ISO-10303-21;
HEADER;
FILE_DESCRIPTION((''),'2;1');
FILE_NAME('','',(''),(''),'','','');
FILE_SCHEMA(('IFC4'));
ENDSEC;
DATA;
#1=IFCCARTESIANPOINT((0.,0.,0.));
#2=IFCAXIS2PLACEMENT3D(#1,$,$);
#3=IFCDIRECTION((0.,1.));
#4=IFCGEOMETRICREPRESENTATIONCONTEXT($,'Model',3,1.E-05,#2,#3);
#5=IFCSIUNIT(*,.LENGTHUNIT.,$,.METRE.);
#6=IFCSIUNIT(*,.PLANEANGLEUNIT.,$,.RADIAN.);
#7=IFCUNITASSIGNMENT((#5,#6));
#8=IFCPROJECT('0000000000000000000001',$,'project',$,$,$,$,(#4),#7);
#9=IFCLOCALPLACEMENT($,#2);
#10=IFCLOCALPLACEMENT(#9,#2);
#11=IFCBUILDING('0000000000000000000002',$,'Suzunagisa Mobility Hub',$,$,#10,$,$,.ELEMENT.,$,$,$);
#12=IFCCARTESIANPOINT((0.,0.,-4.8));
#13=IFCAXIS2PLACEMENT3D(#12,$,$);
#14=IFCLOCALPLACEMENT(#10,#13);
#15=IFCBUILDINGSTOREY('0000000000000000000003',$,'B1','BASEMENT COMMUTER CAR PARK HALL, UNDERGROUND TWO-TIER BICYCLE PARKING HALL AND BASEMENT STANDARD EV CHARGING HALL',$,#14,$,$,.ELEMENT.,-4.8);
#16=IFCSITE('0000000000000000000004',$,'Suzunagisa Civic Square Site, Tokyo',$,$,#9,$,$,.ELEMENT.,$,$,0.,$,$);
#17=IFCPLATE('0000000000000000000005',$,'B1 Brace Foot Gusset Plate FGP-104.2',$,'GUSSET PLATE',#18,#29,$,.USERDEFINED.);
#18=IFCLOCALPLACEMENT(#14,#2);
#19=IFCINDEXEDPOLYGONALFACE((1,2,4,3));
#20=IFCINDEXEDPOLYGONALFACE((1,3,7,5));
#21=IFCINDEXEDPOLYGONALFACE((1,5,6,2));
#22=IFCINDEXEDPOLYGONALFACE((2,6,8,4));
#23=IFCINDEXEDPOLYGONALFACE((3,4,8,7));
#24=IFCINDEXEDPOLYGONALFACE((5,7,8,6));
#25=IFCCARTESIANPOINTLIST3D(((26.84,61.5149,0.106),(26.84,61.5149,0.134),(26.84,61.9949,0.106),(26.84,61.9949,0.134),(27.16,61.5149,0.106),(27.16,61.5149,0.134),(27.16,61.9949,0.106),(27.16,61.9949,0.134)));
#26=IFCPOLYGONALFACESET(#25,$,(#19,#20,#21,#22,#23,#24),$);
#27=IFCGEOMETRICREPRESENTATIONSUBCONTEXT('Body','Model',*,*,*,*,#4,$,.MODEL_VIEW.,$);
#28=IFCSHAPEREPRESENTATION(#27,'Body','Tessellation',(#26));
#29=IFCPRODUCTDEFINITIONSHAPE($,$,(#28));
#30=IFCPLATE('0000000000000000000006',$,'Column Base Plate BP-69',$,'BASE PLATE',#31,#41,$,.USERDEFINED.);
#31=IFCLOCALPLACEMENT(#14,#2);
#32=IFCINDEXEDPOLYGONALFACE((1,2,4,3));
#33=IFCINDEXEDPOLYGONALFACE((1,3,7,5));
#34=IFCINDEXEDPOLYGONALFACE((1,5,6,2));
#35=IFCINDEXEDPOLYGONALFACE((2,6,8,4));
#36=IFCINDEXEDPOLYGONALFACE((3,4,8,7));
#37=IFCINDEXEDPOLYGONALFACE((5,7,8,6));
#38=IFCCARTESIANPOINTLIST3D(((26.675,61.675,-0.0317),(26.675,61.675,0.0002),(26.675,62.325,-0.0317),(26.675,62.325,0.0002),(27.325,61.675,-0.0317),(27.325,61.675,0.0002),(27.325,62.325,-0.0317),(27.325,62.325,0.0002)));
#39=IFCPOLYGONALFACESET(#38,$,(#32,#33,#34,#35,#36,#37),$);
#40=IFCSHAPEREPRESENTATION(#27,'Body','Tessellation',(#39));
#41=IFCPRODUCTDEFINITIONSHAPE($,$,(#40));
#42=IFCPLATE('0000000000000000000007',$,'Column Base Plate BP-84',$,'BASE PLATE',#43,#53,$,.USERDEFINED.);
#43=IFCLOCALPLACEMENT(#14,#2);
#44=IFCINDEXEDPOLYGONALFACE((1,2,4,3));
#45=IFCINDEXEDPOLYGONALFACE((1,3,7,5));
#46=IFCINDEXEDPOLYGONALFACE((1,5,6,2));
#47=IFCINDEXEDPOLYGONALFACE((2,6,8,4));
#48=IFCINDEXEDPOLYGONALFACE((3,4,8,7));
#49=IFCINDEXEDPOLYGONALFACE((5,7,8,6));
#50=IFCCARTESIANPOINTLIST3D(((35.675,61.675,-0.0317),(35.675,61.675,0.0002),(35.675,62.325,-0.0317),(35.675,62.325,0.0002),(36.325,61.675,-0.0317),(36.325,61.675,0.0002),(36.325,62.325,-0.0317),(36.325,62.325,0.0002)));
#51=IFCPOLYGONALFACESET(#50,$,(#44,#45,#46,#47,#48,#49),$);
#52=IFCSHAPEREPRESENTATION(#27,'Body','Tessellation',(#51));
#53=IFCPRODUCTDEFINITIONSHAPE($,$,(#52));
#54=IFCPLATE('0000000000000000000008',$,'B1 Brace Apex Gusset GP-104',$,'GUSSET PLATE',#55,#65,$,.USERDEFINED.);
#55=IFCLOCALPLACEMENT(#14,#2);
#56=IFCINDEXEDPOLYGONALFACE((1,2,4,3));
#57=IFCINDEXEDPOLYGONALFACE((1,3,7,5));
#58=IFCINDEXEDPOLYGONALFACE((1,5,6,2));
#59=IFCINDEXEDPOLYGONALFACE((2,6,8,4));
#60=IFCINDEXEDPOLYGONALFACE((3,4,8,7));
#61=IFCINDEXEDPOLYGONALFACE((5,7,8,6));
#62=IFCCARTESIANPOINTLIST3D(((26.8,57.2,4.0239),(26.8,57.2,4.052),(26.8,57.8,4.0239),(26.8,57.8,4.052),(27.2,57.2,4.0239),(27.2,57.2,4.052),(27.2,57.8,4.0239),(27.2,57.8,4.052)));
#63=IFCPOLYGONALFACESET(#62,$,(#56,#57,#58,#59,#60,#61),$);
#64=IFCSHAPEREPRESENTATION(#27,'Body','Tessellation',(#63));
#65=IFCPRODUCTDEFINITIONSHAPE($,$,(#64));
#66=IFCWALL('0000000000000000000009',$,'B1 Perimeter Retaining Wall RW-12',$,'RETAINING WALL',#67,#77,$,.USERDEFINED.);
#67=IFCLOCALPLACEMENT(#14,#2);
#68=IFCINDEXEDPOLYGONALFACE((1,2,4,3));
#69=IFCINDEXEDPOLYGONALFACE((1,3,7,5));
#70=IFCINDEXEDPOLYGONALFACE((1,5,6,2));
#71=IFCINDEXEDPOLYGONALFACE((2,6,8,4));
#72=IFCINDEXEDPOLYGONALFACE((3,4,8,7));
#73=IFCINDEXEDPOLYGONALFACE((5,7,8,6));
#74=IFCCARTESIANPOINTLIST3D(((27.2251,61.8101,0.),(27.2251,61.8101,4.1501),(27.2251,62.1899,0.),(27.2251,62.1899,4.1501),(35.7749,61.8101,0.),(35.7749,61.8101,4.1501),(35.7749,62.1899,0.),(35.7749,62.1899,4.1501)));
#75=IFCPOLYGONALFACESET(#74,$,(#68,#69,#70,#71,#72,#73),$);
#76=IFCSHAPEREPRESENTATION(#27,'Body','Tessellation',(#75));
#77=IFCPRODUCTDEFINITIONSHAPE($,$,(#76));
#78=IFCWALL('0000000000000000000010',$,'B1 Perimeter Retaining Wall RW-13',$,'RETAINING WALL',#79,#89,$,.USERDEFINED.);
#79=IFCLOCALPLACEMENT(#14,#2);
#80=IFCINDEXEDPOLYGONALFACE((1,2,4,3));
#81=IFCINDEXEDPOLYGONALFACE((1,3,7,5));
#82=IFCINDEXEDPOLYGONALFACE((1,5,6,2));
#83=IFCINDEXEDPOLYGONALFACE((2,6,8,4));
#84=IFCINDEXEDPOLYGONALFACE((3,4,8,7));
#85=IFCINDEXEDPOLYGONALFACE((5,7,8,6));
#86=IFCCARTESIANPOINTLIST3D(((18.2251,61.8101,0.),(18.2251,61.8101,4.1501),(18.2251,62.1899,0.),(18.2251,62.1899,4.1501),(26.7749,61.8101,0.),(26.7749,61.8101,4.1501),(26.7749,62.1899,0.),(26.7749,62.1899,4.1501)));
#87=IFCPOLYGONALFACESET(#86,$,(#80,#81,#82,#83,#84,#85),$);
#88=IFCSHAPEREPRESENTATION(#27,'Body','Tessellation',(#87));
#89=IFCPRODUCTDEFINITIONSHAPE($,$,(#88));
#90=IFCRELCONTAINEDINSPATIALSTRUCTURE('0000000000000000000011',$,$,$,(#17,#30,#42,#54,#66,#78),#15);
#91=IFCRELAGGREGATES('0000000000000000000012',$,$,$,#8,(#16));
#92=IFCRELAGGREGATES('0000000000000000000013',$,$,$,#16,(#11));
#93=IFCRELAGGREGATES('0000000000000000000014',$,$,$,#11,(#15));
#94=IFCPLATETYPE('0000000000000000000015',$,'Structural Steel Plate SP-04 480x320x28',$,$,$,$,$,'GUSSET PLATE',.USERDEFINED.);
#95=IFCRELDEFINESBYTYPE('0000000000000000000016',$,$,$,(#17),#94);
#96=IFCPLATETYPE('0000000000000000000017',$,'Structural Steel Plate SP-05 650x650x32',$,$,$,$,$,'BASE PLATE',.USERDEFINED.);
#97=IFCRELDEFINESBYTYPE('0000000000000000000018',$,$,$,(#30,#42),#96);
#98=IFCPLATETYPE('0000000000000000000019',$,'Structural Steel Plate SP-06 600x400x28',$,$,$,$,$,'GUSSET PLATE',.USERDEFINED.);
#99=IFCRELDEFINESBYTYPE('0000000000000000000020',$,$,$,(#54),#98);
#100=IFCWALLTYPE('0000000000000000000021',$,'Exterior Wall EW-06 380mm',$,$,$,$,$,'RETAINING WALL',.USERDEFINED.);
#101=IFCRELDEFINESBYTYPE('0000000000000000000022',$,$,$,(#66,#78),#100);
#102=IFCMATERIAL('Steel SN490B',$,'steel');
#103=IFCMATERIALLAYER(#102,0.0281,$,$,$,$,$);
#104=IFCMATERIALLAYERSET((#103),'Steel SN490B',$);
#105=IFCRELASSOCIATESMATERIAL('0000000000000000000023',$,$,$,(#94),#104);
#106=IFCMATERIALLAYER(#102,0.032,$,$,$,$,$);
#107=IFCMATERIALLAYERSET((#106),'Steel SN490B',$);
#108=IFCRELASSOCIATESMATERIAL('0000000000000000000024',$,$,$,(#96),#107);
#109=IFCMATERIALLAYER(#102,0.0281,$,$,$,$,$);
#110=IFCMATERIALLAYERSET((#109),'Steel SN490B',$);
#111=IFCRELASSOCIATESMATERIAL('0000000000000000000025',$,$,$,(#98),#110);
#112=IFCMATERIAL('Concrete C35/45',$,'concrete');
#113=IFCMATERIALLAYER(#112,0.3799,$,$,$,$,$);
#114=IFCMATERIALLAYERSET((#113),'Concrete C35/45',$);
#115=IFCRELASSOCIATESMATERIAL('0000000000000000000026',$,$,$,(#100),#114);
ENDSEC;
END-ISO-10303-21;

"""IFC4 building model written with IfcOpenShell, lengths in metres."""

from ifc_helpers import new_model, si_unit, direction, frame, frame_2d, origin, origin_2d, place, context, subcontext, project, spatial, rectangle, extrude, material, layer, layer_set, type_object, element, save


model = new_model("IFC4")

# Units and contexts
model_context = context("Model", 3, precision=1e-05, world=origin(), true_north=direction((0.0, 1.0)))
body_context = subcontext(model_context, "Body", "Model", "MODEL_VIEW")
ifc_project = project(units=[si_unit("LENGTHUNIT", "METRE"), si_unit("PLANEANGLEUNIT", "RADIAN")], contexts=[model_context])

# Site, building, storey
site_placement = place(None, origin())
site = spatial("IfcSite", under=ifc_project, at=site_placement, Name="Suzunagisa Civic Square Site, Tokyo", CompositionType="ELEMENT", RefElevation=0.0)
building_placement = place(site_placement, origin())
building = spatial("IfcBuilding", under=site, at=building_placement, Name="Suzunagisa Mobility Hub", CompositionType="ELEMENT")
storey_placement = place(building_placement, frame((0.0, 0.0, -4.8)))
storey = spatial("IfcBuildingStorey", under=building, at=storey_placement, Name="B1", Description="BASEMENT COMMUTER CAR PARK HALL, UNDERGROUND TWO-TIER BICYCLE PARKING HALL AND BASEMENT STANDARD EV CHARGING HALL", CompositionType="ELEMENT", Elevation=-4.8)

# Shared definitions
ifc_material_1 = material(Name="Concrete C35/45", Category="concrete")

# Shared definitions
ifc_material_2 = material(Name="Steel SN490B", Category="steel")

# Plates
ifc_layer_1 = layer(ifc_material_2, 0.0281)
ifc_layer_set_1 = layer_set([ifc_layer_1], Name="Steel SN490B")
plate_type_1 = type_object("IfcPlateType", Name="Structural Steel Plate SP-04 480x320x28", ElementType="GUSSET PLATE", PredefinedType="USERDEFINED", material=ifc_layer_set_1)
plate_1_placement = place(storey_placement, frame((27.0, 61.7549, 0.106), z_axis=(0.0, 0.0, 1.0), x_axis=(1.0, 0.0, 0.0)))
element("IfcPlate", 1, at=plate_1_placement, inside=storey, type_object=plate_type_1, Name="B1 Brace Foot Gusset Plate FGP-104.2", ObjectType="GUSSET PLATE", PredefinedType="USERDEFINED", context=body_context, shape_type="SweptSolid", body=[
    extrude(rectangle(XDim=0.3201, YDim=0.48, at=origin_2d()), origin(), (0.0, 0.0, 1.0), 0.0281),
])
ifc_layer_2 = layer(ifc_material_2, 0.032)
ifc_layer_set_2 = layer_set([ifc_layer_2], Name="Steel SN490B")
plate_type_2 = type_object("IfcPlateType", Name="Structural Steel Plate SP-05 650x650x32", ElementType="BASE PLATE", PredefinedType="USERDEFINED", material=ifc_layer_set_2)
for number, where, z_axis, x_axis, name in (
    (2, (27.0, 62.0, -0.0317), (0.0, 0.0, 1.0), (1.0, 0.0, 0.0), "Column Base Plate BP-69"),
    (3, (36.0, 62.0, -0.0317), (0.0, 0.0, 1.0), (1.0, 0.0, 0.0), "Column Base Plate BP-84"),
):
    element("IfcPlate", number, at=place(storey_placement, frame(where, z_axis=z_axis, x_axis=x_axis)), inside=storey, type_object=plate_type_2, Name=name, ObjectType="BASE PLATE", PredefinedType="USERDEFINED", context=body_context, shape_type="SweptSolid", body=[
        extrude(rectangle(XDim=0.6499, YDim=0.6499, at=origin_2d()), origin(), (0.0, 0.0, 1.0), 0.032),
    ])
ifc_layer_3 = layer(ifc_material_2, 0.0281)
ifc_layer_set_3 = layer_set([ifc_layer_3], Name="Steel SN490B")
plate_type_3 = type_object("IfcPlateType", Name="Structural Steel Plate SP-06 600x400x28", ElementType="GUSSET PLATE", PredefinedType="USERDEFINED", material=ifc_layer_set_3)
plate_2_placement = place(storey_placement, frame((27.0, 57.5, 4.0239), z_axis=(0.0, 0.0, 1.0), x_axis=(1.0, 0.0, 0.0)))
element("IfcPlate", 4, at=plate_2_placement, inside=storey, type_object=plate_type_3, Name="B1 Brace Apex Gusset GP-104", ObjectType="GUSSET PLATE", PredefinedType="USERDEFINED", context=body_context, shape_type="SweptSolid", body=[
    extrude(rectangle(XDim=0.3999, YDim=0.6001, at=origin_2d()), origin(), (0.0, 0.0, 1.0), 0.0281),
])

# Walls
ifc_layer_4 = layer(ifc_material_1, 0.3799)
ifc_layer_set_4 = layer_set([ifc_layer_4], Name="Concrete C35/45")
wall_type = type_object("IfcWallType", Name="Exterior Wall EW-06 380mm", ElementType="RETAINING WALL", PredefinedType="USERDEFINED", material=ifc_layer_set_4)
for number, where, z_axis, x_axis, name in (
    (5, (35.7749, 62.0, 0.0), (0.0, 0.0, 1.0), (-1.0, 0.0, 0.0), "B1 Perimeter Retaining Wall RW-12"),
    (6, (26.7749, 62.0, 0.0), (0.0, 0.0, 1.0), (-1.0, 0.0, 0.0), "B1 Perimeter Retaining Wall RW-13"),
):
    element("IfcWall", number, at=place(storey_placement, frame(where, z_axis=z_axis, x_axis=x_axis)), inside=storey, type_object=wall_type, Name=name, ObjectType="RETAINING WALL", PredefinedType="USERDEFINED", context=body_context, shape_type="SweptSolid", body=[
        extrude(rectangle(XDim=8.5498, YDim=0.3799, at=frame_2d((4.2749, 0.0))), origin(), (0.0, 0.0, 1.0), 4.1501),
    ])

save(model, "model.ifc")
